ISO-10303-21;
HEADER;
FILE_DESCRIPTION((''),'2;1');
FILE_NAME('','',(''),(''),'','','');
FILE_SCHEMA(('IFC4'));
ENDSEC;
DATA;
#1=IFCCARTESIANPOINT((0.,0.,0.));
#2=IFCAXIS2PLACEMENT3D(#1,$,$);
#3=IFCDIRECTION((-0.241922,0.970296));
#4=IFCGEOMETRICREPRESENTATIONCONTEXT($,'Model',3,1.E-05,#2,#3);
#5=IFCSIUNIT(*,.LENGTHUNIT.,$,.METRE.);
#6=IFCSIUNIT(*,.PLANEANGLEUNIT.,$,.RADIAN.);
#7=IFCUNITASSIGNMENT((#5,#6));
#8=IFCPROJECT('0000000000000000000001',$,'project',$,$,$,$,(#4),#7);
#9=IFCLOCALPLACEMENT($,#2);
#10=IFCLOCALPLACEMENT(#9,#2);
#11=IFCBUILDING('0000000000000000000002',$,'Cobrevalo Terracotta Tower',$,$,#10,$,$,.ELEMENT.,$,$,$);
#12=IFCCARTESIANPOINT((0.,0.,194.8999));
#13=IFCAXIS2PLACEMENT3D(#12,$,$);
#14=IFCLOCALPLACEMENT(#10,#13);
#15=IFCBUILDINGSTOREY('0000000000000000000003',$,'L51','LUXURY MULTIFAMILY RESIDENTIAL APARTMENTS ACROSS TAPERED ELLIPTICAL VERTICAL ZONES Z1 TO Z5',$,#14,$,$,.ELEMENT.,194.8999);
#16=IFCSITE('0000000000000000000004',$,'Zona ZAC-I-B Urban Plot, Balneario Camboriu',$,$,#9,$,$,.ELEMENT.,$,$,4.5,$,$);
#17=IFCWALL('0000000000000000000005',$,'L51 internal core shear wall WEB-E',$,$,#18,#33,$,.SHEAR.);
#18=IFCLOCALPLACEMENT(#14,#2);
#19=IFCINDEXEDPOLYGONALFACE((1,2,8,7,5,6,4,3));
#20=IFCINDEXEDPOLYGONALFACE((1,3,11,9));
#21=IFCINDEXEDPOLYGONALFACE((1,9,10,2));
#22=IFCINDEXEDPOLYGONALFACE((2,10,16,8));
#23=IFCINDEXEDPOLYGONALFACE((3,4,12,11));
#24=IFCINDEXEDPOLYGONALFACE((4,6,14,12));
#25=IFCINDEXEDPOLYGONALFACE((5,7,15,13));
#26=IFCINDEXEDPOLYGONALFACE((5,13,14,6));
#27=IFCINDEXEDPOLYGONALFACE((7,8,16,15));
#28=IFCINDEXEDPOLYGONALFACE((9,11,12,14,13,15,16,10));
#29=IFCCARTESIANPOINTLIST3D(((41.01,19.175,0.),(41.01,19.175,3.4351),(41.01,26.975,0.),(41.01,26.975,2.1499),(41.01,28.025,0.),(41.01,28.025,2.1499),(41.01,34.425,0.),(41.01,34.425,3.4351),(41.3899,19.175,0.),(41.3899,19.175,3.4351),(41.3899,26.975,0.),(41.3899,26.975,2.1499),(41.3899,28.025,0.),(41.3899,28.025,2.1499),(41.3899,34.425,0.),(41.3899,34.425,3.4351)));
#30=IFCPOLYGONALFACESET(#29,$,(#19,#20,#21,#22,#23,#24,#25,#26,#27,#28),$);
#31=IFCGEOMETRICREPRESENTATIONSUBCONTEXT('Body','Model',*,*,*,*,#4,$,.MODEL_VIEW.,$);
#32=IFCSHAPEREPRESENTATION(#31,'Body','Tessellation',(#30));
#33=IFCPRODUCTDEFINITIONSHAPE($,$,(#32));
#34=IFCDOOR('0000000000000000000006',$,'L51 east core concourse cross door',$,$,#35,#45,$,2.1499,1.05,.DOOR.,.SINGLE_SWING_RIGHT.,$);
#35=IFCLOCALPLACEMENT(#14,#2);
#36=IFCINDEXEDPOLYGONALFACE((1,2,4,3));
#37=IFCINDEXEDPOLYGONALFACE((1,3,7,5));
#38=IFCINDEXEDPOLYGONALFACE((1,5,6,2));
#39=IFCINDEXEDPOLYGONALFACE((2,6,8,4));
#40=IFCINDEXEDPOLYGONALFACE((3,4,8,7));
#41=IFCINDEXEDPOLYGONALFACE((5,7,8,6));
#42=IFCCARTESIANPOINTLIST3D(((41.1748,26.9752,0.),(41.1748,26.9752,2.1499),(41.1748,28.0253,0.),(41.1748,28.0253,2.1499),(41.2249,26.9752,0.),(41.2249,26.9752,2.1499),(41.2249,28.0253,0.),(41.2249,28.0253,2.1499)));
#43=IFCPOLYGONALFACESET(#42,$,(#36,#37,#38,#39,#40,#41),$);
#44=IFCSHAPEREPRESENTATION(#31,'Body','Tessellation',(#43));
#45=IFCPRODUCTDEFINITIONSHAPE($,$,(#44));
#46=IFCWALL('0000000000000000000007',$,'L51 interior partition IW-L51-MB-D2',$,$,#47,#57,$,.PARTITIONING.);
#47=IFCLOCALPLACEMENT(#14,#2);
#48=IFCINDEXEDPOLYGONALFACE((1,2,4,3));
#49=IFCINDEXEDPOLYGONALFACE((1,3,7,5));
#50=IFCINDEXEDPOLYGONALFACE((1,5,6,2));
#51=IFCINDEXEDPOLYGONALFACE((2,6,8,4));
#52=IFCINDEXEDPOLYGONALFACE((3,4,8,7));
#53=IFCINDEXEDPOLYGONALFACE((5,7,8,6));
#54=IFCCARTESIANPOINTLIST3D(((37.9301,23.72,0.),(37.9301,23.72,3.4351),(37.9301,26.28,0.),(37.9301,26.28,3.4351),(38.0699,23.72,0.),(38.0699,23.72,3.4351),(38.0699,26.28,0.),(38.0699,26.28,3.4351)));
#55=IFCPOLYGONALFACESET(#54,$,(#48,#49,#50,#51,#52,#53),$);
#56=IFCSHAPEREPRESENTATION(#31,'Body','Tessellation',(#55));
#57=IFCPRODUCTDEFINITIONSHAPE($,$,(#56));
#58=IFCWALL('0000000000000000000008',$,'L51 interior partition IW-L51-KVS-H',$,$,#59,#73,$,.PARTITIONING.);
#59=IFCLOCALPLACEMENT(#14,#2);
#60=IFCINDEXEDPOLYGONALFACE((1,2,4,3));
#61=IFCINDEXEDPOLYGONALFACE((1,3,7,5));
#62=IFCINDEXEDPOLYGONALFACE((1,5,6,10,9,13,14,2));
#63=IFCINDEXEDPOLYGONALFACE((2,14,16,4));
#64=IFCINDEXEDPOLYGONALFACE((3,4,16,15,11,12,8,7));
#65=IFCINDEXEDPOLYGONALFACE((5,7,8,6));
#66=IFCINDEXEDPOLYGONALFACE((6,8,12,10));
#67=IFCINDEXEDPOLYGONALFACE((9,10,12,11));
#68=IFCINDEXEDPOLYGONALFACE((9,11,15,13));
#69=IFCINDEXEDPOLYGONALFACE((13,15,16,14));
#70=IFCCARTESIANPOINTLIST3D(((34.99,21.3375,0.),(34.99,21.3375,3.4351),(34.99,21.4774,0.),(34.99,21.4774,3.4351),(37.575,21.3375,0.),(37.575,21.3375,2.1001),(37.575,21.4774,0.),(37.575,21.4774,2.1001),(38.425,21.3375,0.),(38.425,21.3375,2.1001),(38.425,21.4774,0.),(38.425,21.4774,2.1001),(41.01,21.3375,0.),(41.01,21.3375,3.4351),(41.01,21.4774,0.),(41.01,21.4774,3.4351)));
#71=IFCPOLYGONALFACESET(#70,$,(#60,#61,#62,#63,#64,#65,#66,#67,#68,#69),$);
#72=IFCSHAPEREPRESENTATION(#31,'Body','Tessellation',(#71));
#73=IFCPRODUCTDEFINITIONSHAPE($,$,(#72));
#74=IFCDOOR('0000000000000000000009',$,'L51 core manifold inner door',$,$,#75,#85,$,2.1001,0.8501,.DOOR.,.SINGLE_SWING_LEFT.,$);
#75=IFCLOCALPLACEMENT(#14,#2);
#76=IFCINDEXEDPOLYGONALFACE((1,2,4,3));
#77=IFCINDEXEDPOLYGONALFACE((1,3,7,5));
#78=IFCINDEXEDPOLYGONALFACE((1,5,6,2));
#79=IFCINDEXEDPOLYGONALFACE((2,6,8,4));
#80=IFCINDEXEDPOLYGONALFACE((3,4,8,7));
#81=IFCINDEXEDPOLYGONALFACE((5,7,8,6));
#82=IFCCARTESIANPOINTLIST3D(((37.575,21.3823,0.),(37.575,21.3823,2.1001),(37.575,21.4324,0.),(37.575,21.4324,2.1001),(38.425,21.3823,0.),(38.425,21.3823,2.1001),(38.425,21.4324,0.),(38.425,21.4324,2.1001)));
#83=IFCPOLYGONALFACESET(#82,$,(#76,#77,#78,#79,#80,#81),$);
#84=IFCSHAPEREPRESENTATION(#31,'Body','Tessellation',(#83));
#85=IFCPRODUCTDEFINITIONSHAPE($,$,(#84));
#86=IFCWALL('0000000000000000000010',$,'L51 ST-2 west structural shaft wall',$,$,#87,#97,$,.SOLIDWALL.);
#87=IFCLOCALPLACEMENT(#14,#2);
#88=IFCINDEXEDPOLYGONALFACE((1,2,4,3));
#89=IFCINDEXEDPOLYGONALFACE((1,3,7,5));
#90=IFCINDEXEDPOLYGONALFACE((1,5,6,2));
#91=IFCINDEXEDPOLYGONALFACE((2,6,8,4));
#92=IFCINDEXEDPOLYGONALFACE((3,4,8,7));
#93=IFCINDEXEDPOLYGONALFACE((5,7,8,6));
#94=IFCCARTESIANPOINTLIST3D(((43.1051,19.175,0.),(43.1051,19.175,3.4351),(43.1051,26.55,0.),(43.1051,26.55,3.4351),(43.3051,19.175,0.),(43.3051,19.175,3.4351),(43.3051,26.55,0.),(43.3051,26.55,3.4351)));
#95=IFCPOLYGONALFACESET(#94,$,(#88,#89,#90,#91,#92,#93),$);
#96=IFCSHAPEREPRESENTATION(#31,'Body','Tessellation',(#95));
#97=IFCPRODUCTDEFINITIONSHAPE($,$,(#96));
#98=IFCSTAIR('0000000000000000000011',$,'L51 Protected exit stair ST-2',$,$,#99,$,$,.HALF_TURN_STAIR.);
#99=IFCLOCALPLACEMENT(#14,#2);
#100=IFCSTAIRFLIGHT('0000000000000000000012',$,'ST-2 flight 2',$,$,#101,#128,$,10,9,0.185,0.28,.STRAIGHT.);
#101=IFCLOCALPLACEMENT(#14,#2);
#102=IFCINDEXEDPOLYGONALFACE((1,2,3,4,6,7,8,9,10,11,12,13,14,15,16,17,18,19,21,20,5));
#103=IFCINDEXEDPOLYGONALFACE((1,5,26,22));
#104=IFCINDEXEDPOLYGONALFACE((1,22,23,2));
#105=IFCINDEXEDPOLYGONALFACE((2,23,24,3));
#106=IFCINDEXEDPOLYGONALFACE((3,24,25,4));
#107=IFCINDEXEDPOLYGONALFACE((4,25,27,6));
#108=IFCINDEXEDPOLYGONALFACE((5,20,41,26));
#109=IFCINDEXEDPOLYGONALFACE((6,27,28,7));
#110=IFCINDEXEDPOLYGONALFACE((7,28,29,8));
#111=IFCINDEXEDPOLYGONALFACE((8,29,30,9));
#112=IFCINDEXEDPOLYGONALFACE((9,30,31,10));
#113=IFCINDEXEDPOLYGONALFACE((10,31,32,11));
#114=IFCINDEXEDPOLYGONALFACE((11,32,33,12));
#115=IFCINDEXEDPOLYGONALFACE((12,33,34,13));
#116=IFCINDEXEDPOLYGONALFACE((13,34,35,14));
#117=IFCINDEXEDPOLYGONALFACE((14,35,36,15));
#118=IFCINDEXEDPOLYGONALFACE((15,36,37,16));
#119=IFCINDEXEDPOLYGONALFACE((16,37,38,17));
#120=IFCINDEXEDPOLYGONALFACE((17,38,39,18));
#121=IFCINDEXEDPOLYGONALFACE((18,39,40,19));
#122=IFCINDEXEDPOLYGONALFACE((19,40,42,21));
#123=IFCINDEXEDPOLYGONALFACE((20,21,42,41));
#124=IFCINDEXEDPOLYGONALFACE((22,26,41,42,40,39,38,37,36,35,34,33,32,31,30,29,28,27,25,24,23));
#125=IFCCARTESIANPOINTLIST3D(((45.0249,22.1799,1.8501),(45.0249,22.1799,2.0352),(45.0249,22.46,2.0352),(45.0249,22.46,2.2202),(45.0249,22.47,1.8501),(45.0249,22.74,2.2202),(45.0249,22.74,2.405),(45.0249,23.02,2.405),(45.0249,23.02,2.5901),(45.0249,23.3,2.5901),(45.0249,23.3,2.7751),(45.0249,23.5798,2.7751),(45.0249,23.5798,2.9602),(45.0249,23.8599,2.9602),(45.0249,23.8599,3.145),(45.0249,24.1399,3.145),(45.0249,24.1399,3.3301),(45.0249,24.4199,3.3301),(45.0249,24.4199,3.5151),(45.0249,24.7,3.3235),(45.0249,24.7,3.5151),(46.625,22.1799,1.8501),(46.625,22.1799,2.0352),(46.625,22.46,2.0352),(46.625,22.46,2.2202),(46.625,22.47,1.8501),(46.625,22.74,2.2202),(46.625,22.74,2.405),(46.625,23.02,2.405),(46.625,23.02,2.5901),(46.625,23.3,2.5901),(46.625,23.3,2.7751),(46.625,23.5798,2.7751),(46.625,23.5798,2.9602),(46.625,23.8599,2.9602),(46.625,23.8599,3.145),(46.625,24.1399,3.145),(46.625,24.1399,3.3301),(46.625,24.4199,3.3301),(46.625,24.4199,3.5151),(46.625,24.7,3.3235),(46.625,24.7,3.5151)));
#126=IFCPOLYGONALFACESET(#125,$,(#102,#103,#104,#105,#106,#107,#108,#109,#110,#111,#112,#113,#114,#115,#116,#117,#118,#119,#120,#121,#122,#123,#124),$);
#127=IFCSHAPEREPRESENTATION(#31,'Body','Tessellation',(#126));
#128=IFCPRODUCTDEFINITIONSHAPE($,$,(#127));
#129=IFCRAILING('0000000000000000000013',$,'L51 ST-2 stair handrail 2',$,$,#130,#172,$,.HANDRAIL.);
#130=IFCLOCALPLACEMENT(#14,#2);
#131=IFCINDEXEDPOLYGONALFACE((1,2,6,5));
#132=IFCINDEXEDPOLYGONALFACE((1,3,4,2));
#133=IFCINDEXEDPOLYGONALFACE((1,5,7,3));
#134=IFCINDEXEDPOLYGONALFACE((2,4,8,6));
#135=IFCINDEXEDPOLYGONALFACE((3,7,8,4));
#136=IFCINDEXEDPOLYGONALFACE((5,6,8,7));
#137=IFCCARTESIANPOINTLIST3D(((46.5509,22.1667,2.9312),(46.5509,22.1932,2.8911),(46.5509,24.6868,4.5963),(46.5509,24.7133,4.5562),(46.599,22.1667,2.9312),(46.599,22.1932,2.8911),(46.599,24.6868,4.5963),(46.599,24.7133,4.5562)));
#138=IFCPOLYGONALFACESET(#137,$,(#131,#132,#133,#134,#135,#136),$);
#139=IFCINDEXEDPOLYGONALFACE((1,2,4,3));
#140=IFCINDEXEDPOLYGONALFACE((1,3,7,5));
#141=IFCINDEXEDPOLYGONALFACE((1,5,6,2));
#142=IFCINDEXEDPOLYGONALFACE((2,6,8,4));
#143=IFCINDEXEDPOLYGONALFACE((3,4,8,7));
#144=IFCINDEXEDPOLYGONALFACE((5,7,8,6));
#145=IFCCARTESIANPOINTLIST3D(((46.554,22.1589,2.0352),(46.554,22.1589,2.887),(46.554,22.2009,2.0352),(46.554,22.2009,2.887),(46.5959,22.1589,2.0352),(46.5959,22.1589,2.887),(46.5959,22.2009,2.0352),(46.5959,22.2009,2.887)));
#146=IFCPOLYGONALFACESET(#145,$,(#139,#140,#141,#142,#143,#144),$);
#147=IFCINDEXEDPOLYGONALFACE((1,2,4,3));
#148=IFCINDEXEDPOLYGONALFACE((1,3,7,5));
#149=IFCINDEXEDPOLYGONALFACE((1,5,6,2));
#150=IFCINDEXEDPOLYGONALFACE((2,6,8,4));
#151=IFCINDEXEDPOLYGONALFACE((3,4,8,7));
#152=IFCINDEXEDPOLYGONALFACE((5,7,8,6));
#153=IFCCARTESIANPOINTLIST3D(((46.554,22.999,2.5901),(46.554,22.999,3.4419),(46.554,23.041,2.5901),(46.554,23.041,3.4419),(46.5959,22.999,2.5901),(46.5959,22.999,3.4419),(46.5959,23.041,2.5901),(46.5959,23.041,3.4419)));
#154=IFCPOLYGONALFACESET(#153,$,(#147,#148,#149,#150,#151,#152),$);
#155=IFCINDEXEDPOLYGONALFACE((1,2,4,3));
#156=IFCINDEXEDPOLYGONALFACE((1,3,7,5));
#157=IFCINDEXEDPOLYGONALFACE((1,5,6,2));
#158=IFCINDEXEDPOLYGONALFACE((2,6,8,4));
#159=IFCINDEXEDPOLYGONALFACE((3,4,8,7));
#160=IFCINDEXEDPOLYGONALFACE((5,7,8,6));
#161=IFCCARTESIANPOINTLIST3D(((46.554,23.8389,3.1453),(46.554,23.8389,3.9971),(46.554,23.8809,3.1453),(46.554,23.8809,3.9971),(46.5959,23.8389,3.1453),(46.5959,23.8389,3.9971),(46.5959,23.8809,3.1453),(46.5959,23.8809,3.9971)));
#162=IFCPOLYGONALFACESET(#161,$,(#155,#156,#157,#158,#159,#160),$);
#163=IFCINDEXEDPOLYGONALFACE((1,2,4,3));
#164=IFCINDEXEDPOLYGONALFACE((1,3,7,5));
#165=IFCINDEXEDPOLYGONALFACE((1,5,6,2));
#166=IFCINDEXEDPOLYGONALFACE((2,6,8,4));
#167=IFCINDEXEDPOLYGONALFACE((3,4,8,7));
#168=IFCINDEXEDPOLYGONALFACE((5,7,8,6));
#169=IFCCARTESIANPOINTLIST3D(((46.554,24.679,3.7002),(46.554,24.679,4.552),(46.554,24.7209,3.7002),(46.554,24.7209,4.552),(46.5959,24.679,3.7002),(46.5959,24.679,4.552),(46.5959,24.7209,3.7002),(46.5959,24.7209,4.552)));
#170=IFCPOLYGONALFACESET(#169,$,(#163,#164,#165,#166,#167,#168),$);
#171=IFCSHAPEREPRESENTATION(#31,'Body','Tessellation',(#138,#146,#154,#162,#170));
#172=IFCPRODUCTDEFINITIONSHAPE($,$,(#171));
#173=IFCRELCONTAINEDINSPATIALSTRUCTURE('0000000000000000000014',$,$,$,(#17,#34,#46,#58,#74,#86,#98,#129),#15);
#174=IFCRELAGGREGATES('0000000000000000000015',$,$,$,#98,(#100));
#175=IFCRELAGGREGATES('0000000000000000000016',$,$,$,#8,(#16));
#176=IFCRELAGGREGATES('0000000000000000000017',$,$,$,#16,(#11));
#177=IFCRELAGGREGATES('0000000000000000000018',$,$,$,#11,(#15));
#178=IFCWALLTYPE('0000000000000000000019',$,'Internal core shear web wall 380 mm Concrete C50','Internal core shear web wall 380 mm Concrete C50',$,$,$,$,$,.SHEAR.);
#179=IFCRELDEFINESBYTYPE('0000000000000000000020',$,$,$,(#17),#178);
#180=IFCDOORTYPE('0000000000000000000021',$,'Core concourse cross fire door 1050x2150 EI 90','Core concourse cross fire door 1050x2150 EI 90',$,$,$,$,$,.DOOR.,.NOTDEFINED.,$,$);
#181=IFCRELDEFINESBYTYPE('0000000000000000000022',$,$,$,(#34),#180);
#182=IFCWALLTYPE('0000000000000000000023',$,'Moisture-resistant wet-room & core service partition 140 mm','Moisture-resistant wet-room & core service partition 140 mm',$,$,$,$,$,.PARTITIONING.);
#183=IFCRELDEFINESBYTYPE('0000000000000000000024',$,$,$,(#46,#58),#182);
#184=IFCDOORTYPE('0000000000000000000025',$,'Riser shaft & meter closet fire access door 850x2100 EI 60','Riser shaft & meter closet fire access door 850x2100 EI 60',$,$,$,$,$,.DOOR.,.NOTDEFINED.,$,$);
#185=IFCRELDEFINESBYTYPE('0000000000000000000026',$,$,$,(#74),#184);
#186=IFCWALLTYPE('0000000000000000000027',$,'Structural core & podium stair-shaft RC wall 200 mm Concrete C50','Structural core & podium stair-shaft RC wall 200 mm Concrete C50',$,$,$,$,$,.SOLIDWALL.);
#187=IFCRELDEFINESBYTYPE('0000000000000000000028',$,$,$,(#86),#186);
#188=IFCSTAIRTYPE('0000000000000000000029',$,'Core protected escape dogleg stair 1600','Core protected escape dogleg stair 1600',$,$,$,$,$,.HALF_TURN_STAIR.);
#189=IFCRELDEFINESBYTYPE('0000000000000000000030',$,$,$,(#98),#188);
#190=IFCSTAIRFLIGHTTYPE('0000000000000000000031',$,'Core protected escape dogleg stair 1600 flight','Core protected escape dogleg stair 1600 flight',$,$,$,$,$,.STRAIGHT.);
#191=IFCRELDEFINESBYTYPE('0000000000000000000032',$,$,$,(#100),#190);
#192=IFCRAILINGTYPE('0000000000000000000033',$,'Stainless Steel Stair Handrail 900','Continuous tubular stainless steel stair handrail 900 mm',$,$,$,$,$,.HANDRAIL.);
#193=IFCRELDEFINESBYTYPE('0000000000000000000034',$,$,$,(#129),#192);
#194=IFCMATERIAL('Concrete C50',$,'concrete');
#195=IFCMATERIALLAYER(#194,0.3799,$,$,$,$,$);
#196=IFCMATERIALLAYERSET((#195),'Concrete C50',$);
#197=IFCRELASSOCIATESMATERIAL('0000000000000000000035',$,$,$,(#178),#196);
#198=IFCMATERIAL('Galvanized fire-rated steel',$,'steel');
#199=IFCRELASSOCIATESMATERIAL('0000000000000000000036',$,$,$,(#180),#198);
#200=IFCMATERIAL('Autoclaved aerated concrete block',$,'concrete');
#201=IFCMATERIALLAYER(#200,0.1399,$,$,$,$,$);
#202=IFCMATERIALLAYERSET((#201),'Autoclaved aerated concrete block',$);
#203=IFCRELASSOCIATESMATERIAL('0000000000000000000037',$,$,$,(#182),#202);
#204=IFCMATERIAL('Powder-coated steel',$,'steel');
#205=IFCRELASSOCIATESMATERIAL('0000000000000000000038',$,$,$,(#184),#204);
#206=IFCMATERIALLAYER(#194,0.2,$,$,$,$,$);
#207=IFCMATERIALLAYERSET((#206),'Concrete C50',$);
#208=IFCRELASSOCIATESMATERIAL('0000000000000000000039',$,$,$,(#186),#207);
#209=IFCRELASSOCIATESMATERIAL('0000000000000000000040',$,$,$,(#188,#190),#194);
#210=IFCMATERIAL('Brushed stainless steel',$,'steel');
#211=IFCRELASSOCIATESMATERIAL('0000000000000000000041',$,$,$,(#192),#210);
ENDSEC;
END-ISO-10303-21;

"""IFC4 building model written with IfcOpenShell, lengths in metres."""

from ifc_helpers import new_model, si_unit, direction, frame, frame_2d, origin, origin_2d, place, context, subcontext, project, spatial, polyline, rectangle, outline, extrude, source, transform, mapped, material, layer, layer_set, type_object, element, fill, aggregate, save


model = new_model("IFC4")

# Units and contexts
model_context = context("Model", 3, precision=1e-05, world=origin(), true_north=direction((-0.241922, 0.970296)))
body_context = subcontext(model_context, "Body", "Model", "MODEL_VIEW")
ifc_project = project(units=[si_unit("LENGTHUNIT", "METRE"), si_unit("PLANEANGLEUNIT", "RADIAN")], contexts=[model_context])

# Site, building, storey
site_placement = place(None, origin())
site = spatial("IfcSite", under=ifc_project, at=site_placement, Name="Zona ZAC-I-B Urban Plot, Balneario Camboriu", CompositionType="ELEMENT", RefElevation=4.5)
building_placement = place(site_placement, origin())
building = spatial("IfcBuilding", under=site, at=building_placement, Name="Cobrevalo Terracotta Tower", CompositionType="ELEMENT")
storey_placement = place(building_placement, frame((0.0, 0.0, 194.8999)))
storey = spatial("IfcBuildingStorey", under=building, at=storey_placement, Name="L51", Description="LUXURY MULTIFAMILY RESIDENTIAL APARTMENTS ACROSS TAPERED ELLIPTICAL VERTICAL ZONES Z1 TO Z5", CompositionType="ELEMENT", Elevation=194.8999)

# Shared definitions
ifc_material_1 = material(Name="Autoclaved aerated concrete block", Category="concrete")

# Wall, opening, door
ifc_material_2 = material(Name="Concrete C50", Category="concrete")
ifc_layer_1 = layer(ifc_material_2, 0.3799)
ifc_layer_set_1 = layer_set([ifc_layer_1], Name="Concrete C50")
wall_type_1 = type_object("IfcWallType", Name="Internal core shear web wall 380 mm Concrete C50", Description="Internal core shear web wall 380 mm Concrete C50", PredefinedType="SHEAR", material=ifc_layer_set_1)
ifc_material_3 = material(Name="Galvanized fire-rated steel", Category="steel")
door_type_1 = type_object("IfcDoorType", Name="Core concourse cross fire door 1050x2150 EI 90", Description="Core concourse cross fire door 1050x2150 EI 90", OperationType="NOTDEFINED", PredefinedType="DOOR", material=ifc_material_3)
shared_shape_1 = source(origin(), body_context, "Body", "SweptSolid", [
    extrude(rectangle(XDim=1.05, YDim=2.1499, at=frame_2d((0.5249, 1.075))), frame((0.0, 0.0249, 0.0), z_axis=(0.0, -1.0, 0.0), x_axis=(1.0, 0.0, 0.0)), (0.0, 0.0, 1.0), 0.05),
])
wall_1_placement = place(storey_placement, frame((41.2, 19.175, 0.0), z_axis=(0.0, 0.0, 1.0), x_axis=(0.0, 1.0, 0.0)))
wall_1 = element("IfcWall", 1, at=wall_1_placement, inside=storey, type_object=wall_type_1, Name="L51 internal core shear wall WEB-E", PredefinedType="SHEAR", context=body_context, shape_type="SweptSolid", body=[
    extrude(rectangle(XDim=15.25, YDim=0.3799, at=frame_2d((7.625, 0.0))), origin(), (0.0, 0.0, 1.0), 3.4351),
])
opening_1_placement = place(wall_1_placement, frame((7.8, 0.0, 0.0)))
opening_1 = element("IfcOpeningElement", 2, at=opening_1_placement, cuts=wall_1, PredefinedType="OPENING", context=body_context, shape_type="SweptSolid", body=[
    extrude(rectangle(XDim=1.05, YDim=2.1499, at=frame_2d((0.5249, 1.075))), frame((0.0, 0.2, 0.0), z_axis=(0.0, -1.0, 0.0), x_axis=(1.0, 0.0, 0.0)), (0.0, 0.0, 1.0), 0.3999),
])
door_1_placement = place(opening_1_placement, frame((1.05, 0.0, 0.0), z_axis=(0.0, 0.0, 1.0), x_axis=(-1.0, 0.0, 0.0)))
door_1 = element("IfcDoor", 3, at=door_1_placement, inside=storey, type_object=door_type_1, Name="L51 east core concourse cross door", OperationType="SINGLE_SWING_RIGHT", OverallHeight=2.1499, OverallWidth=1.05, PredefinedType="DOOR", context=body_context, shape_type="MappedRepresentation", body=[
    mapped(shared_shape_1, transform((0.0, 0.0, 0.0), scale=1.0)),
])
fill(opening_1, door_1)

# Wall
ifc_layer_2 = layer(ifc_material_1, 0.1399)
ifc_layer_set_2 = layer_set([ifc_layer_2], Name="Autoclaved aerated concrete block")
wall_type_2 = type_object("IfcWallType", Name="Moisture-resistant wet-room & core service partition 140 mm", Description="Moisture-resistant wet-room & core service partition 140 mm", PredefinedType="PARTITIONING", material=ifc_layer_set_2)
wall_2_placement = place(storey_placement, frame((38.0, 23.72, 0.0), z_axis=(0.0, 0.0, 1.0), x_axis=(0.0, 1.0, 0.0)))
element("IfcWall", 4, at=wall_2_placement, inside=storey, type_object=wall_type_2, Name="L51 interior partition IW-L51-MB-D2", PredefinedType="PARTITIONING", context=body_context, shape_type="SweptSolid", body=[
    extrude(rectangle(XDim=2.5601, YDim=0.1399, at=frame_2d((1.28, 0.0))), origin(), (0.0, 0.0, 1.0), 3.4351),
])

# Wall, opening, door
wall_3_placement = place(storey_placement, frame((34.99, 21.4075, 0.0), z_axis=(0.0, 0.0, 1.0), x_axis=(1.0, 0.0, 0.0)))
wall_3 = element("IfcWall", 5, at=wall_3_placement, inside=storey, type_object=wall_type_2, Name="L51 interior partition IW-L51-KVS-H", PredefinedType="PARTITIONING", context=body_context, shape_type="SweptSolid", body=[
    extrude(rectangle(XDim=6.02, YDim=0.1399, at=frame_2d((3.01, 0.0))), origin(), (0.0, 0.0, 1.0), 3.4351),
])
opening_2_placement = place(wall_3_placement, frame((2.585, 0.0, 0.0)))
opening_2 = element("IfcOpeningElement", 6, at=opening_2_placement, cuts=wall_3, PredefinedType="OPENING", context=body_context, shape_type="SweptSolid", body=[
    extrude(rectangle(XDim=0.8501, YDim=2.1001, at=frame_2d((0.425, 1.05))), frame((0.0, 0.0801, 0.0), z_axis=(0.0, -1.0, 0.0), x_axis=(1.0, 0.0, 0.0)), (0.0, 0.0, 1.0), 0.1599),
])
ifc_material_4 = material(Name="Powder-coated steel", Category="steel")
door_type_2 = type_object("IfcDoorType", Name="Riser shaft & meter closet fire access door 850x2100 EI 60", Description="Riser shaft & meter closet fire access door 850x2100 EI 60", OperationType="NOTDEFINED", PredefinedType="DOOR", material=ifc_material_4)
shared_shape_2 = source(origin(), body_context, "Body", "SweptSolid", [
    extrude(rectangle(XDim=0.8501, YDim=2.1001, at=frame_2d((0.425, 1.05))), frame((0.0, 0.0249, 0.0), z_axis=(0.0, -1.0, 0.0), x_axis=(1.0, 0.0, 0.0)), (0.0, 0.0, 1.0), 0.05),
])
door_2_placement = place(opening_2_placement, origin())
door_2 = element("IfcDoor", 7, at=door_2_placement, inside=storey, type_object=door_type_2, Name="L51 core manifold inner door", OperationType="SINGLE_SWING_LEFT", OverallHeight=2.1001, OverallWidth=0.8501, PredefinedType="DOOR", context=body_context, shape_type="MappedRepresentation", body=[
    mapped(shared_shape_2, transform((0.0, 0.0, 0.0), scale=1.0)),
])
fill(opening_2, door_2)

# Wall
ifc_layer_3 = layer(ifc_material_2, 0.2)
ifc_layer_set_3 = layer_set([ifc_layer_3], Name="Concrete C50")
wall_type_3 = type_object("IfcWallType", Name="Structural core & podium stair-shaft RC wall 200 mm Concrete C50", Description="Structural core & podium stair-shaft RC wall 200 mm Concrete C50", PredefinedType="SOLIDWALL", material=ifc_layer_set_3)
wall_4_placement = place(storey_placement, frame((43.2051, 19.175, 0.0), z_axis=(0.0, 0.0, 1.0), x_axis=(0.0, 1.0, 0.0)))
element("IfcWall", 8, at=wall_4_placement, inside=storey, type_object=wall_type_3, Name="L51 ST-2 west structural shaft wall", PredefinedType="SOLIDWALL", context=body_context, shape_type="SweptSolid", body=[
    extrude(rectangle(XDim=7.375, YDim=0.2, at=frame_2d((3.6875, 0.0))), origin(), (0.0, 0.0, 1.0), 3.4351),
])

# Stair, stair flight
stair_type = type_object("IfcStairType", Name="Core protected escape dogleg stair 1600", Description="Core protected escape dogleg stair 1600", PredefinedType="HALF_TURN_STAIR", material=ifc_material_2)
stair_placement = place(storey_placement, origin())
stair = element("IfcStair", 9, at=stair_placement, inside=storey, type_object=stair_type, Name="L51 Protected exit stair ST-2", PredefinedType="HALF_TURN_STAIR")
stair_flight_type = type_object("IfcStairFlightType", Name="Core protected escape dogleg stair 1600 flight", Description="Core protected escape dogleg stair 1600 flight", PredefinedType="STRAIGHT", material=ifc_material_2)
stair_flight_placement = place(storey_placement, frame((45.825, 22.1799, 1.8501), z_axis=(0.0, 0.0, 1.0), x_axis=(0.0, 1.0, 0.0)))
stair_flight = element("IfcStairFlight", 10, at=stair_flight_placement, type_object=stair_flight_type, Name="ST-2 flight 2", NumberOfRisers=10, NumberOfTreads=9, PredefinedType="STRAIGHT", RiserHeight=0.185, TreadLength=0.28, context=body_context, shape_type="SweptSolid", body=[
    extrude(outline(polyline([(0.0, 0.0), (0.0, 0.1851), (0.28, 0.1851), (0.28, 0.3701), (0.5601, 0.3701), (0.5601, 0.5549), (0.8401, 0.5549), (0.8401, 0.74), (1.1201, 0.74), (1.1201, 0.925), (1.3999, 0.925), (1.3999, 1.1101), (1.6799, 1.1101), (1.6799, 1.2949), (1.96, 1.2949), (1.96, 1.48), (2.24, 1.48), (2.24, 1.665), (2.52, 1.665), (2.52, 1.8501), (2.52, 1.4734), (0.29, 0.0), (0.0, 0.0)])), frame((0.0, 0.8, 0.0), z_axis=(0.0, -1.0, 0.0), x_axis=(1.0, 0.0, 0.0)), (0.0, 0.0, 1.0), 1.6001),
])
aggregate(stair, [stair_flight])

# Railing
ifc_material_5 = material(Name="Brushed stainless steel", Category="steel")
railing_type_1 = type_object("IfcRailingType", Name="Stainless Steel Stair Handrail 900", Description="Continuous tubular stainless steel stair handrail 900 mm", PredefinedType="HANDRAIL", material=ifc_material_5)
railing_1_placement = place(storey_placement, frame((46.575, 22.1799, 2.0352)))
element("IfcRailing", 11, at=railing_1_placement, inside=storey, type_object=railing_type_1, Name="L51 ST-2 stair handrail 2", PredefinedType="HANDRAIL", context=body_context, shape_type="SweptSolid", body=[
    extrude(rectangle(XDim=0.0481, YDim=0.0481, at=origin_2d()), frame((0.0, 0.0, 0.876), z_axis=(0.0, 0.834331, 0.551263), x_axis=(-1.0, 0.0, 0.0)), (0.0, 0.0, 1.0), 3.0205),
    extrude(rectangle(XDim=0.042, YDim=0.042, at=origin_2d()), origin(), (0.0, 0.0, 1.0), 0.8518),
    extrude(rectangle(XDim=0.042, YDim=0.042, at=origin_2d()), frame((0.0, 0.8401, 0.5549)), (0.0, 0.0, 1.0), 0.8518),
    extrude(rectangle(XDim=0.042, YDim=0.042, at=origin_2d()), frame((0.0, 1.6799, 1.1101)), (0.0, 0.0, 1.0), 0.8518),
    extrude(rectangle(XDim=0.042, YDim=0.042, at=origin_2d()), frame((0.0, 2.52, 1.665)), (0.0, 0.0, 1.0), 0.8518),
])

save(model, "model.ifc")
